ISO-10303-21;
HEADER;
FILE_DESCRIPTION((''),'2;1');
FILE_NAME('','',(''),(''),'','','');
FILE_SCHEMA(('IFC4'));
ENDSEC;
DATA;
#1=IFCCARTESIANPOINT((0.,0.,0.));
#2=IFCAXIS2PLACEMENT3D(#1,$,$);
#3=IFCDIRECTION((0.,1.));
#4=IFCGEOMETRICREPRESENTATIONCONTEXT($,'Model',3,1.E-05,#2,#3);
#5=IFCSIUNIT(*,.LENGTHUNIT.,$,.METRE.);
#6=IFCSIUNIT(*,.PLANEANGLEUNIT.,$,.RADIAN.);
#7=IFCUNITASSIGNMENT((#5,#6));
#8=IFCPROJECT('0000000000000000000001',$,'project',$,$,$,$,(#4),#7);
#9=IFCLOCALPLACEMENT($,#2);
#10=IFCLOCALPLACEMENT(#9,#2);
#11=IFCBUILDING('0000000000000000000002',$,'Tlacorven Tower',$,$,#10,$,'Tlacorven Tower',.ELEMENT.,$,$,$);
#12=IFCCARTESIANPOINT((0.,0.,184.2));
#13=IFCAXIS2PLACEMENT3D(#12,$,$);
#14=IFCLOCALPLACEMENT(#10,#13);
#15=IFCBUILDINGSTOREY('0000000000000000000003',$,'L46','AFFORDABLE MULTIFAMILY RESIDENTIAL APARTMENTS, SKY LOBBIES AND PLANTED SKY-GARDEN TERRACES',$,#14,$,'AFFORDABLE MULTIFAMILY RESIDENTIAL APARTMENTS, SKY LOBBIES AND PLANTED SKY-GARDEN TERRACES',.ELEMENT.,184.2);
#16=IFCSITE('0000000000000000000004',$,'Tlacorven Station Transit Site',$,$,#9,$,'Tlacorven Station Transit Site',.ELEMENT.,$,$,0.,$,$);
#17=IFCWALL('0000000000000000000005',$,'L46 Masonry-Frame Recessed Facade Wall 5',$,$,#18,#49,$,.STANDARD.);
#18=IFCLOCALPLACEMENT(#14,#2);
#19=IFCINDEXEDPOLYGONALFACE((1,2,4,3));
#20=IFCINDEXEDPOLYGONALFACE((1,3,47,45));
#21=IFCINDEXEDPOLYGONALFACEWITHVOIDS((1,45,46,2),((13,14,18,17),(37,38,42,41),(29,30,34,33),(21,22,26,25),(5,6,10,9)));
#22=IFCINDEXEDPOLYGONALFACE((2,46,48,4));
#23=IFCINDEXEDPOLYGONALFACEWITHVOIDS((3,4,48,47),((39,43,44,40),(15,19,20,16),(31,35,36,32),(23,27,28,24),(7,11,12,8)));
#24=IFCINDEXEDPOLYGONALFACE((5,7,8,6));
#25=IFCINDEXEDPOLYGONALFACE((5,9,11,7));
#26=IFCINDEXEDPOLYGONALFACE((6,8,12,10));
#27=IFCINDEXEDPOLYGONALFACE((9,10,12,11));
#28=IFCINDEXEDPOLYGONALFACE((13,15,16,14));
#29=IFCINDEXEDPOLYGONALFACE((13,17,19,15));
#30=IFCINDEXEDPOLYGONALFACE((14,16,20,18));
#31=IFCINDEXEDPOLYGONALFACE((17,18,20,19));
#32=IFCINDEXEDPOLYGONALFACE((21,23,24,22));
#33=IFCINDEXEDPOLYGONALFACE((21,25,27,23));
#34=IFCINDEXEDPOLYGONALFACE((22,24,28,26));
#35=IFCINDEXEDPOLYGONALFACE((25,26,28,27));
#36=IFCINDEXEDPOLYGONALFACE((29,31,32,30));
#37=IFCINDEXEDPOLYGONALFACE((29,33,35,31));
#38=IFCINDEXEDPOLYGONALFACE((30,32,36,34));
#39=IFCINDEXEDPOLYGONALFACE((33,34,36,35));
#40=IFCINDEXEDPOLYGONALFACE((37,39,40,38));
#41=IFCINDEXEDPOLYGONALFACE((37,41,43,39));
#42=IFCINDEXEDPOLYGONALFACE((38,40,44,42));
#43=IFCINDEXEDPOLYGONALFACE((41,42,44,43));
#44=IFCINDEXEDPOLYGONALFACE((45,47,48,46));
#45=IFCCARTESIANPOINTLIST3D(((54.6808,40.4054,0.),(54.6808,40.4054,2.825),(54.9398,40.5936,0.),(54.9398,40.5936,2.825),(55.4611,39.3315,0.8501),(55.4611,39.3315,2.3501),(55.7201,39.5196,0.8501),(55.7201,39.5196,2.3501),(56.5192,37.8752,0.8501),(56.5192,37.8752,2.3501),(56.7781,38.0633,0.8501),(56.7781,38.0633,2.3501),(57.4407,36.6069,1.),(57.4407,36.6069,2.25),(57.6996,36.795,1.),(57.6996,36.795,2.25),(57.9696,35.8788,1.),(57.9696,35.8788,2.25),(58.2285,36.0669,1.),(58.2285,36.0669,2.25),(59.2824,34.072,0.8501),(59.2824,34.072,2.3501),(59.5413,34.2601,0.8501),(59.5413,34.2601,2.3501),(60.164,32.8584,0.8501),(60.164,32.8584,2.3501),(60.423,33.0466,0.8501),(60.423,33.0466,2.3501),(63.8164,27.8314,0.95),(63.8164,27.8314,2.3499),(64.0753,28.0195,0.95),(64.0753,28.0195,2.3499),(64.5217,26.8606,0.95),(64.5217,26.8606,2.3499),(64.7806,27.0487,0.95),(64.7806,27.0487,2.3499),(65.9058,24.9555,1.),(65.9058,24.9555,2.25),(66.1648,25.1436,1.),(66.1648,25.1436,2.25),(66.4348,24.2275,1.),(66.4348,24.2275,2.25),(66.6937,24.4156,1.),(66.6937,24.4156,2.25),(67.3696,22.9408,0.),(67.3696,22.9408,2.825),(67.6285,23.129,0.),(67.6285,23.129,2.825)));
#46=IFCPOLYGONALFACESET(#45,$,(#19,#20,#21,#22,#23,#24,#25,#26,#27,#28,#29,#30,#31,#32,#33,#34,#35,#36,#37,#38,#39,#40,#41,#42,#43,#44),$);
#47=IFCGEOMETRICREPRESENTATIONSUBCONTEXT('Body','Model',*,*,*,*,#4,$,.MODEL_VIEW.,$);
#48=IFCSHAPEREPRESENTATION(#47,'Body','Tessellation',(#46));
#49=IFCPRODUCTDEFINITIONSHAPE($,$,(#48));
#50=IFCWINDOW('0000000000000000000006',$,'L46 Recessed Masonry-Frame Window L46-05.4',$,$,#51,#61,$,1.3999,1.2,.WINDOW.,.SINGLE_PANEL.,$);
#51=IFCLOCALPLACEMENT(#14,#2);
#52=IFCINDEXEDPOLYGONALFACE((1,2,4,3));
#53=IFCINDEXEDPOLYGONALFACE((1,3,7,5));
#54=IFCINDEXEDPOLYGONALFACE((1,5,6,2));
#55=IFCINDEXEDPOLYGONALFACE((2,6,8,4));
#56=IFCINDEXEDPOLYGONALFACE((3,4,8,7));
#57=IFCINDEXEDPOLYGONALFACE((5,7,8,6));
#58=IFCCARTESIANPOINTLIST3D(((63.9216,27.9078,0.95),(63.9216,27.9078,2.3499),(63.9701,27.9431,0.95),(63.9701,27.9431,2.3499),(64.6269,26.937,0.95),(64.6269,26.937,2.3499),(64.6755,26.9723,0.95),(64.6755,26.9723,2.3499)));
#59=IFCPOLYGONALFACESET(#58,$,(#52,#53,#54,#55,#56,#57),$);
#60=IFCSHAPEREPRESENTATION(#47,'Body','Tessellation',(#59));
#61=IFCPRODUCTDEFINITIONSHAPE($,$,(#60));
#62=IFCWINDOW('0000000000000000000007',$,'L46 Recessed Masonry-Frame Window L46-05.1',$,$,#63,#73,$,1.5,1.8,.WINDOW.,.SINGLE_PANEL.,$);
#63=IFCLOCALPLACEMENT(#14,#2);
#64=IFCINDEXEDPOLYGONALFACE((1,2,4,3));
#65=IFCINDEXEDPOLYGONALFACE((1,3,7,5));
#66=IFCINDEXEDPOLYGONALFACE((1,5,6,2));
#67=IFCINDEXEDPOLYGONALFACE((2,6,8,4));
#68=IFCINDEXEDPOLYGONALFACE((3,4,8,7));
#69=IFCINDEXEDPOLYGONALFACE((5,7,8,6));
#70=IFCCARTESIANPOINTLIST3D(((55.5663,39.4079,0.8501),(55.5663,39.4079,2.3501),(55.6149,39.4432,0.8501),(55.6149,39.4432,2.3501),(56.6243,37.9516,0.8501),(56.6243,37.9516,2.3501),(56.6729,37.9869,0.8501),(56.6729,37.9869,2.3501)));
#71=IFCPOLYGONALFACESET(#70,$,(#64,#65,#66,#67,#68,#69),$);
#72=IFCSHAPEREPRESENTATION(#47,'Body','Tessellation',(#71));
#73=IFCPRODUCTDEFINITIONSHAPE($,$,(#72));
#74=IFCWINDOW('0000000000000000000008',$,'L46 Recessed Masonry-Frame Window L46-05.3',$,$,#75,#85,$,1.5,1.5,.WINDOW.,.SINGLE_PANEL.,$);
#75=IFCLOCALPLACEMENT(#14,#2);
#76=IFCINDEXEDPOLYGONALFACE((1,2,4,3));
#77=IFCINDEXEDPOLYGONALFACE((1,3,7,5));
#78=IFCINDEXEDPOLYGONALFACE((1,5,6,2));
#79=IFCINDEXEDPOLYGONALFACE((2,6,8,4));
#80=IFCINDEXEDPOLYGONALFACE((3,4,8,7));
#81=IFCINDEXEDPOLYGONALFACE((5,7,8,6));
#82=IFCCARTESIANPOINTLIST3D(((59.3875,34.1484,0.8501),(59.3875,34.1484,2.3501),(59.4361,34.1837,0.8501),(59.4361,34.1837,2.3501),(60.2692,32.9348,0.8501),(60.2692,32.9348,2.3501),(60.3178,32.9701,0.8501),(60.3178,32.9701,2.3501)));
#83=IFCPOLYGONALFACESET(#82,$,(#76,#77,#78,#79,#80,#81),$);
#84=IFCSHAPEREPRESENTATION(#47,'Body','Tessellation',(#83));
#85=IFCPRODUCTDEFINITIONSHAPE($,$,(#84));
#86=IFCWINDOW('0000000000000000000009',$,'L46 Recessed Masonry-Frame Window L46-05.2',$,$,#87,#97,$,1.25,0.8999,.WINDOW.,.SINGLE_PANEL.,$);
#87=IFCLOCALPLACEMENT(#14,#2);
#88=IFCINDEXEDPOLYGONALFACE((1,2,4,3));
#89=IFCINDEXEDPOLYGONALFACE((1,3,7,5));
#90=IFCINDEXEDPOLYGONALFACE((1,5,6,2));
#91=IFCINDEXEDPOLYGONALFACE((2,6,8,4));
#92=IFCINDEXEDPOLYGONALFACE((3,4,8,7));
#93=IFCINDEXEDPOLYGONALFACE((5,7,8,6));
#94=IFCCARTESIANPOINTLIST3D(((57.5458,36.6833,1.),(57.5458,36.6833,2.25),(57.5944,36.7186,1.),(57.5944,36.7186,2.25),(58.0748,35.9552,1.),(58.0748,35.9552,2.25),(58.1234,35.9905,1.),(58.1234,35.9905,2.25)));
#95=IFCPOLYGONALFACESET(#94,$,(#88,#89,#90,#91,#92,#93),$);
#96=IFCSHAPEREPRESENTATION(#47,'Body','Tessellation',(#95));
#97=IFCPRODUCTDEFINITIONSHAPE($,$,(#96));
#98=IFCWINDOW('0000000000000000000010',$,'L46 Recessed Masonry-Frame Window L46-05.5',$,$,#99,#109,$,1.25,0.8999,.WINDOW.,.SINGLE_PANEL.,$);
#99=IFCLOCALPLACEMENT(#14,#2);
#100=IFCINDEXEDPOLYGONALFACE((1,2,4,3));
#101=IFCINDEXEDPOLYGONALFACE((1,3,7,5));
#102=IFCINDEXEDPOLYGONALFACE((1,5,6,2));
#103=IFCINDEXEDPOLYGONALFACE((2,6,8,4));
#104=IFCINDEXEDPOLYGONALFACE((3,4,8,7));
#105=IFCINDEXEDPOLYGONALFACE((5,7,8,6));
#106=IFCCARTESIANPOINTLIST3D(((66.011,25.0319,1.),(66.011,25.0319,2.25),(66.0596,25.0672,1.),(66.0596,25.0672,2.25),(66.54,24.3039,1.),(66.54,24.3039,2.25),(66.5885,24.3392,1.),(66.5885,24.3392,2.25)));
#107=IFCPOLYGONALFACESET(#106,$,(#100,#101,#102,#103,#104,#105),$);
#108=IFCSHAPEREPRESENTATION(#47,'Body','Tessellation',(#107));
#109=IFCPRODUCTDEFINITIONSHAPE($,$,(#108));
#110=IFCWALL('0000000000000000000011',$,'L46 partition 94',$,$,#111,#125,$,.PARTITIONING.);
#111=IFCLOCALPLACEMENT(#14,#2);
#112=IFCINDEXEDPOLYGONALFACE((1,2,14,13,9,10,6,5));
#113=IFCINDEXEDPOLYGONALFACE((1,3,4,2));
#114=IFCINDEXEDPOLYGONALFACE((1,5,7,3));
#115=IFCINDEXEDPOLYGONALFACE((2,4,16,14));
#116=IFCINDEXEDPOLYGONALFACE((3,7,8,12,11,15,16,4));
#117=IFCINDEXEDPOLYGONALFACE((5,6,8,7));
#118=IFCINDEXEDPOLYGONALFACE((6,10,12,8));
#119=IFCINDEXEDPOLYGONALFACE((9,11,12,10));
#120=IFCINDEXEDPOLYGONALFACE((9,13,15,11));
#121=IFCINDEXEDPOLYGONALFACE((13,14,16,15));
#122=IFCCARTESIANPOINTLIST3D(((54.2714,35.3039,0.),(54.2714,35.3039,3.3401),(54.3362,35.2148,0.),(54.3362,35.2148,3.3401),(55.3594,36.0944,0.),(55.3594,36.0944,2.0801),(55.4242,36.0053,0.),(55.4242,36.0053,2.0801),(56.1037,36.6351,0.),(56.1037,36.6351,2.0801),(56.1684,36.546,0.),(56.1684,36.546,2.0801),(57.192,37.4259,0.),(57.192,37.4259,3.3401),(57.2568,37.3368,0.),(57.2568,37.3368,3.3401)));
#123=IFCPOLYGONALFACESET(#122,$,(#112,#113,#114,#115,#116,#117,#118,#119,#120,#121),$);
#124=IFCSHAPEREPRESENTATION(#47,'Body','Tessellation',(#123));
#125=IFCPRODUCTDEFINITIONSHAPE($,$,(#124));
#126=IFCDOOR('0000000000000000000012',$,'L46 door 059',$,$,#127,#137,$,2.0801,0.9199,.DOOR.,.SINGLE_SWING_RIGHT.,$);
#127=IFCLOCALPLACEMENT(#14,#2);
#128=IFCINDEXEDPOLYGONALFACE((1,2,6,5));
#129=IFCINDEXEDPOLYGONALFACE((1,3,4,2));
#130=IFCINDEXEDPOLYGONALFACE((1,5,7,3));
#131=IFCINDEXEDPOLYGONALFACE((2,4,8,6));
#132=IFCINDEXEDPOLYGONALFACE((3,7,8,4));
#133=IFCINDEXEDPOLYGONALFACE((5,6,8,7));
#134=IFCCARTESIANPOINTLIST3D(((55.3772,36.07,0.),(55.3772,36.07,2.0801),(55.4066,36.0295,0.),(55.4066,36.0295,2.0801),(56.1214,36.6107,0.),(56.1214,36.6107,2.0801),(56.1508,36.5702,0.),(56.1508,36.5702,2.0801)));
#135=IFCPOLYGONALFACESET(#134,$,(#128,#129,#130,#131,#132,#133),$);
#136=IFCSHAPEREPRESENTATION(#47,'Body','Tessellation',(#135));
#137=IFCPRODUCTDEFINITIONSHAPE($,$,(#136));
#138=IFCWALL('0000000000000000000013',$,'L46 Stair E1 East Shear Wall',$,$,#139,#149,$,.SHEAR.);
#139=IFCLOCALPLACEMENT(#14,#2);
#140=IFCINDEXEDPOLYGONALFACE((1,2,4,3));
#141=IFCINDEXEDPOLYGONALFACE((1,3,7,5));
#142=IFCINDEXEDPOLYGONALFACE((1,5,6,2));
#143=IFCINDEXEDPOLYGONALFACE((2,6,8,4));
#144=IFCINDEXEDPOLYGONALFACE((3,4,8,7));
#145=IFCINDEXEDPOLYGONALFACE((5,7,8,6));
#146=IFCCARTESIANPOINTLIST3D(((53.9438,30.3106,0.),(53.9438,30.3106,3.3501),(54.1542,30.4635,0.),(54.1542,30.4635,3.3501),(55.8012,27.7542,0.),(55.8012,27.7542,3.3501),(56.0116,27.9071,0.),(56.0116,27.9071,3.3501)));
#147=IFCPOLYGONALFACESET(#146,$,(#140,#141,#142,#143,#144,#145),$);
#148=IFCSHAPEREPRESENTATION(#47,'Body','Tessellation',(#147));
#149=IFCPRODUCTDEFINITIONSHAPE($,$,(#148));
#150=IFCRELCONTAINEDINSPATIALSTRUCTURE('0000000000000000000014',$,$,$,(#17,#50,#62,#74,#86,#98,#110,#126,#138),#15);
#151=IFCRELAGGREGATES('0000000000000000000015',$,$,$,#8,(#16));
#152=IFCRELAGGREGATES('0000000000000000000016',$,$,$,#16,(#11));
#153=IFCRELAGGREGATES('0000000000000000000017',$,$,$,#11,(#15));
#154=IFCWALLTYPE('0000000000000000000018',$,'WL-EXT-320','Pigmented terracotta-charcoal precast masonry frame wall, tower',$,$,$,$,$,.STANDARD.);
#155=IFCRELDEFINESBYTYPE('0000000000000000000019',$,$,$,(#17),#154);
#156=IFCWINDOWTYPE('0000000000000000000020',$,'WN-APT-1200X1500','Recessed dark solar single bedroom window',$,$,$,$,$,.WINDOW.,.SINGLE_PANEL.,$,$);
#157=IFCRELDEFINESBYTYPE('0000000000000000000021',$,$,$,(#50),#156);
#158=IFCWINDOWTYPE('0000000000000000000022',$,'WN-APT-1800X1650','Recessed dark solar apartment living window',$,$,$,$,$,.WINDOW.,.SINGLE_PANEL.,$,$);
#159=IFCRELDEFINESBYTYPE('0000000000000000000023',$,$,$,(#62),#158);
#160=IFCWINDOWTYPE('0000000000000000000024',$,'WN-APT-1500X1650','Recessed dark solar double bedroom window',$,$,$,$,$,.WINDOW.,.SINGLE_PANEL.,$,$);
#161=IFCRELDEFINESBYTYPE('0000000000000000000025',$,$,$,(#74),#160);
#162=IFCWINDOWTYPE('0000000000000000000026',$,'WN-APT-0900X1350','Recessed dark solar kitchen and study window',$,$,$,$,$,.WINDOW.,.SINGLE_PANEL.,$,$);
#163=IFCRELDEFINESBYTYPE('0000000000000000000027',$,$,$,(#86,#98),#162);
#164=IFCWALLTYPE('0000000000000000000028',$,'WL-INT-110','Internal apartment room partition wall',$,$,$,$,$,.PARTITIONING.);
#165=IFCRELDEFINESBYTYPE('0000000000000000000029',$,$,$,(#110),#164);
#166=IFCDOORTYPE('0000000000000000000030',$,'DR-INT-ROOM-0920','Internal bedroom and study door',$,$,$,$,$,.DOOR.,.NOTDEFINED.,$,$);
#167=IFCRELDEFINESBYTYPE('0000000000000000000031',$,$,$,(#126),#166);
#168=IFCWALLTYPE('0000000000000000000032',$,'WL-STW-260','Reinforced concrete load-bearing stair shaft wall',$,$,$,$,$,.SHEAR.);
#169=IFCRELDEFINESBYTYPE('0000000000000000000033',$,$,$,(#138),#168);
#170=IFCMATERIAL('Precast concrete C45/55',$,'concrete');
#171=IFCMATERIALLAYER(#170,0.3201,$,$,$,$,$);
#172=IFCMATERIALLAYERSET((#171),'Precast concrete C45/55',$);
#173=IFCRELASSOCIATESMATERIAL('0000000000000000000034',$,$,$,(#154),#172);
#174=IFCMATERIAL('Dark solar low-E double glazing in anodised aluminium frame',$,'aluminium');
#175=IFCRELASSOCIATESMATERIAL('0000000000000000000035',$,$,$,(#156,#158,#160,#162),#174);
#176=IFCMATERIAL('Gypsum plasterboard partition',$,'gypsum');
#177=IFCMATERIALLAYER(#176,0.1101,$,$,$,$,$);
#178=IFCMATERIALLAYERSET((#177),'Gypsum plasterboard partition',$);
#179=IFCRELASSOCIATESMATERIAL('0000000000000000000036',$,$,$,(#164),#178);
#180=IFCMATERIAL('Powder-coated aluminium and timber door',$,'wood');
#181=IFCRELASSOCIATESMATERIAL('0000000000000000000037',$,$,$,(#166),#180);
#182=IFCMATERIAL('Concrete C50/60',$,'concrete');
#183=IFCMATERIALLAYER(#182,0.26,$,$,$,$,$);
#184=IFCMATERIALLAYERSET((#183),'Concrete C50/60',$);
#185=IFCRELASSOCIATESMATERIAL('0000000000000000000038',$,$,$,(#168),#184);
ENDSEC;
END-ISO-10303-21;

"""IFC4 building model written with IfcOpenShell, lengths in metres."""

from ifc_helpers import new_model, si_unit, direction, frame, frame_2d, origin, place, context, subcontext, project, spatial, rectangle, extrude, source, transform, mapped, material, layer, layer_set, type_object, element, fill, save


model = new_model("IFC4")

# Units and contexts
model_context = context("Model", 3, precision=1e-05, world=origin(), true_north=direction((0.0, 1.0)))
body_context = subcontext(model_context, "Body", "Model", "MODEL_VIEW")
ifc_project = project(units=[si_unit("LENGTHUNIT", "METRE"), si_unit("PLANEANGLEUNIT", "RADIAN")], contexts=[model_context])

# Site, building, storey
site_placement = place(None, origin())
site = spatial("IfcSite", under=ifc_project, at=site_placement, Name="Tlacorven Station Transit Site", LongName="Tlacorven Station Transit Site", CompositionType="ELEMENT", RefElevation=0.0)
building_placement = place(site_placement, origin())
building = spatial("IfcBuilding", under=site, at=building_placement, Name="Tlacorven Tower", LongName="Tlacorven Tower", CompositionType="ELEMENT")
storey_placement = place(building_placement, frame((0.0, 0.0, 184.2)))
storey = spatial("IfcBuildingStorey", under=building, at=storey_placement, Name="L46", Description="AFFORDABLE MULTIFAMILY RESIDENTIAL APARTMENTS, SKY LOBBIES AND PLANTED SKY-GARDEN TERRACES", LongName="AFFORDABLE MULTIFAMILY RESIDENTIAL APARTMENTS, SKY LOBBIES AND PLANTED SKY-GARDEN TERRACES", CompositionType="ELEMENT", Elevation=184.2)

# Wall, openings, windows
ifc_material_1 = material(Name="Precast concrete C45/55", Category="concrete")
ifc_layer_1 = layer(ifc_material_1, 0.3201)
ifc_layer_set_1 = layer_set([ifc_layer_1], Name="Precast concrete C45/55")
wall_type_1 = type_object("IfcWallType", Name="WL-EXT-320", Description="Pigmented terracotta-charcoal precast masonry frame wall, tower", PredefinedType="STANDARD", material=ifc_layer_set_1)
wall_1_placement = place(storey_placement, frame((54.8103, 40.4995, 0.0), z_axis=(0.0, 0.0, 1.0), x_axis=(0.587784, -0.809018, 0.0)))
wall_1 = element("IfcWall", 1, at=wall_1_placement, inside=storey, type_object=wall_type_1, Name="L46 Masonry-Frame Recessed Facade Wall 5", PredefinedType="STANDARD", context=body_context, shape_type="SweptSolid", body=[
    extrude(rectangle(XDim=21.5874, YDim=0.3201, at=frame_2d((10.7937, 0.0))), origin(), (0.0, 0.0, 1.0), 2.825),
])
opening_1_placement = place(wall_1_placement, frame((1.3276, 0.0, 0.8501)))
opening_1 = element("IfcOpeningElement", 2, at=opening_1_placement, cuts=wall_1, PredefinedType="OPENING", context=body_context, shape_type="SweptSolid", body=[
    extrude(rectangle(XDim=1.8, YDim=1.5, at=frame_2d((0.8999, 0.75))), frame((0.0, 0.1699, 0.0), z_axis=(0.0, -1.0, 0.0), x_axis=(1.0, 0.0, 0.0)), (0.0, 0.0, 1.0), 0.3401),
])
opening_2_placement = place(wall_1_placement, frame((4.6953, 0.0, 1.0)))
opening_2 = element("IfcOpeningElement", 3, at=opening_2_placement, cuts=wall_1, PredefinedType="OPENING", context=body_context, shape_type="SweptSolid", body=[
    extrude(rectangle(XDim=0.8999, YDim=1.25, at=frame_2d((0.45, 0.625))), frame((0.0, 0.1699, 0.0), z_axis=(0.0, -1.0, 0.0), x_axis=(1.0, 0.0, 0.0)), (0.0, 0.0, 1.0), 0.3401),
])
opening_3_placement = place(wall_1_placement, frame((7.8286, 0.0, 0.8501)))
opening_3 = element("IfcOpeningElement", 4, at=opening_3_placement, cuts=wall_1, PredefinedType="OPENING", context=body_context, shape_type="SweptSolid", body=[
    extrude(rectangle(XDim=1.5, YDim=1.5, at=frame_2d((0.75, 0.75))), frame((0.0, 0.1699, 0.0), z_axis=(0.0, -1.0, 0.0), x_axis=(1.0, 0.0, 0.0)), (0.0, 0.0, 1.0), 0.3401),
])
opening_4_placement = place(wall_1_placement, frame((15.5422, 0.0, 0.95)))
opening_4 = element("IfcOpeningElement", 5, at=opening_4_placement, cuts=wall_1, PredefinedType="OPENING", context=body_context, shape_type="SweptSolid", body=[
    extrude(rectangle(XDim=1.2, YDim=1.3999, at=frame_2d((0.6001, 0.7))), frame((0.0, 0.1699, 0.0), z_axis=(0.0, -1.0, 0.0), x_axis=(1.0, 0.0, 0.0)), (0.0, 0.0, 1.0), 0.3401),
])
opening_5_placement = place(wall_1_placement, frame((19.0972, 0.0, 1.0)))
opening_5 = element("IfcOpeningElement", 6, at=opening_5_placement, cuts=wall_1, PredefinedType="OPENING", context=body_context, shape_type="SweptSolid", body=[
    extrude(rectangle(XDim=0.8999, YDim=1.25, at=frame_2d((0.45, 0.625))), frame((0.0, 0.1699, 0.0), z_axis=(0.0, -1.0, 0.0), x_axis=(1.0, 0.0, 0.0)), (0.0, 0.0, 1.0), 0.3401),
])
ifc_material_2 = material(Name="Dark solar low-E double glazing in anodised aluminium frame", Category="aluminium")
window_type_1 = type_object("IfcWindowType", Name="WN-APT-1200X1500", Description="Recessed dark solar single bedroom window", PartitioningType="SINGLE_PANEL", PredefinedType="WINDOW", material=ifc_material_2)
shared_shape_1 = source(origin(), body_context, "Body", "SweptSolid", [
    extrude(rectangle(XDim=1.2, YDim=1.3999, at=frame_2d((0.6001, 0.7))), frame((0.0, 0.03, 0.0), z_axis=(0.0, -1.0, 0.0), x_axis=(1.0, 0.0, 0.0)), (0.0, 0.0, 1.0), 0.0601),
])
window_1_placement = place(opening_4_placement, origin())
window_1 = element("IfcWindow", 7, at=window_1_placement, inside=storey, type_object=window_type_1, Name="L46 Recessed Masonry-Frame Window L46-05.4", OverallHeight=1.3999, OverallWidth=1.2, PartitioningType="SINGLE_PANEL", PredefinedType="WINDOW", context=body_context, shape_type="MappedRepresentation", body=[
    mapped(shared_shape_1, transform((0.0, 0.0, 0.0), scale=1.0)),
])
fill(opening_4, window_1)
window_type_2 = type_object("IfcWindowType", Name="WN-APT-1800X1650", Description="Recessed dark solar apartment living window", PartitioningType="SINGLE_PANEL", PredefinedType="WINDOW", material=ifc_material_2)
shared_shape_2 = source(origin(), body_context, "Body", "SweptSolid", [
    extrude(rectangle(XDim=1.8, YDim=1.5, at=frame_2d((0.8999, 0.75))), frame((0.0, 0.03, 0.0), z_axis=(0.0, -1.0, 0.0), x_axis=(1.0, 0.0, 0.0)), (0.0, 0.0, 1.0), 0.0601),
])
window_2_placement = place(opening_1_placement, origin())
window_2 = element("IfcWindow", 8, at=window_2_placement, inside=storey, type_object=window_type_2, Name="L46 Recessed Masonry-Frame Window L46-05.1", OverallHeight=1.5, OverallWidth=1.8, PartitioningType="SINGLE_PANEL", PredefinedType="WINDOW", context=body_context, shape_type="MappedRepresentation", body=[
    mapped(shared_shape_2, transform((0.0, 0.0, 0.0), scale=1.0)),
])
fill(opening_1, window_2)
window_type_3 = type_object("IfcWindowType", Name="WN-APT-1500X1650", Description="Recessed dark solar double bedroom window", PartitioningType="SINGLE_PANEL", PredefinedType="WINDOW", material=ifc_material_2)
shared_shape_3 = source(origin(), body_context, "Body", "SweptSolid", [
    extrude(rectangle(XDim=1.5, YDim=1.5, at=frame_2d((0.75, 0.75))), frame((0.0, 0.03, 0.0), z_axis=(0.0, -1.0, 0.0), x_axis=(1.0, 0.0, 0.0)), (0.0, 0.0, 1.0), 0.0601),
])
window_3_placement = place(opening_3_placement, origin())
window_3 = element("IfcWindow", 9, at=window_3_placement, inside=storey, type_object=window_type_3, Name="L46 Recessed Masonry-Frame Window L46-05.3", OverallHeight=1.5, OverallWidth=1.5, PartitioningType="SINGLE_PANEL", PredefinedType="WINDOW", context=body_context, shape_type="MappedRepresentation", body=[
    mapped(shared_shape_3, transform((0.0, 0.0, 0.0), scale=1.0)),
])
fill(opening_3, window_3)
window_type_4 = type_object("IfcWindowType", Name="WN-APT-0900X1350", Description="Recessed dark solar kitchen and study window", PartitioningType="SINGLE_PANEL", PredefinedType="WINDOW", material=ifc_material_2)
shared_shape_4 = source(origin(), body_context, "Body", "SweptSolid", [
    extrude(rectangle(XDim=0.8999, YDim=1.25, at=frame_2d((0.45, 0.625))), frame((0.0, 0.03, 0.0), z_axis=(0.0, -1.0, 0.0), x_axis=(1.0, 0.0, 0.0)), (0.0, 0.0, 1.0), 0.0601),
])
window_4_placement = place(opening_2_placement, origin())
window_4 = element("IfcWindow", 10, at=window_4_placement, inside=storey, type_object=window_type_4, Name="L46 Recessed Masonry-Frame Window L46-05.2", OverallHeight=1.25, OverallWidth=0.8999, PartitioningType="SINGLE_PANEL", PredefinedType="WINDOW", context=body_context, shape_type="MappedRepresentation", body=[
    mapped(shared_shape_4, transform((0.0, 0.0, 0.0), scale=1.0)),
])
fill(opening_2, window_4)
window_5_placement = place(opening_5_placement, origin())
window_5 = element("IfcWindow", 11, at=window_5_placement, inside=storey, type_object=window_type_4, Name="L46 Recessed Masonry-Frame Window L46-05.5", OverallHeight=1.25, OverallWidth=0.8999, PartitioningType="SINGLE_PANEL", PredefinedType="WINDOW", context=body_context, shape_type="MappedRepresentation", body=[
    mapped(shared_shape_4, transform((0.0, 0.0, 0.0), scale=1.0)),
])
fill(opening_5, window_5)

# Wall, opening, door
ifc_material_3 = material(Name="Gypsum plasterboard partition", Category="gypsum")
ifc_layer_2 = layer(ifc_material_3, 0.1101)
ifc_layer_set_2 = layer_set([ifc_layer_2], Name="Gypsum plasterboard partition")
wall_type_2 = type_object("IfcWallType", Name="WL-INT-110", Description="Internal apartment room partition wall", PredefinedType="PARTITIONING", material=ifc_layer_set_2)
wall_2_placement = place(storey_placement, frame((54.3037, 35.2593, 0.0), z_axis=(0.0, 0.0, 1.0), x_axis=(0.809005, 0.587802, 0.0)))
wall_2 = element("IfcWall", 12, at=wall_2_placement, inside=storey, type_object=wall_type_2, Name="L46 partition 94", PredefinedType="PARTITIONING", context=body_context, shape_type="SweptSolid", body=[
    extrude(rectangle(XDim=3.6101, YDim=0.1101, at=frame_2d((1.8052, 0.0))), origin(), (0.0, 0.0, 1.0), 3.3401),
])
opening_6_placement = place(wall_2_placement, frame((1.345, 0.0, 0.0)))
opening_6 = element("IfcOpeningElement", 13, at=opening_6_placement, cuts=wall_2, PredefinedType="OPENING", context=body_context, shape_type="SweptSolid", body=[
    extrude(rectangle(XDim=0.9199, YDim=2.0801, at=frame_2d((0.46, 1.04))), frame((0.0, 0.0649, 0.0), z_axis=(0.0, -1.0, 0.0), x_axis=(1.0, 0.0, 0.0)), (0.0, 0.0, 1.0), 0.1301),
])
ifc_material_4 = material(Name="Powder-coated aluminium and timber door", Category="wood")
door_type_1 = type_object("IfcDoorType", Name="DR-INT-ROOM-0920", Description="Internal bedroom and study door", OperationType="NOTDEFINED", PredefinedType="DOOR", material=ifc_material_4)
shared_shape_5 = source(origin(), body_context, "Body", "SweptSolid", [
    extrude(rectangle(XDim=0.9199, YDim=2.0801, at=frame_2d((0.46, 1.04))), frame((0.0, 0.0249, 0.0), z_axis=(0.0, -1.0, 0.0), x_axis=(1.0, 0.0, 0.0)), (0.0, 0.0, 1.0), 0.05),
])
door_1_placement = place(opening_6_placement, origin())
door_1 = element("IfcDoor", 14, at=door_1_placement, inside=storey, type_object=door_type_1, Name="L46 door 059", OperationType="SINGLE_SWING_RIGHT", OverallHeight=2.0801, OverallWidth=0.9199, PredefinedType="DOOR", context=body_context, shape_type="MappedRepresentation", body=[
    mapped(shared_shape_5, transform((0.0, 0.0, 0.0), scale=1.0)),
])
fill(opening_6, door_1)

# Wall
ifc_material_5 = material(Name="Concrete C50/60", Category="concrete")
ifc_layer_3 = layer(ifc_material_5, 0.26)
ifc_layer_set_3 = layer_set([ifc_layer_3], Name="Concrete C50/60")
wall_type_3 = type_object("IfcWallType", Name="WL-STW-260", Description="Reinforced concrete load-bearing stair shaft wall", PredefinedType="SHEAR", material=ifc_layer_set_3)
wall_3_placement = place(storey_placement, frame((55.9065, 27.8306, 0.0), z_axis=(0.0, 0.0, 1.0), x_axis=(-0.587804, 0.809003, 0.0)))
element("IfcWall", 15, at=wall_3_placement, inside=storey, type_object=wall_type_3, Name="L46 Stair E1 East Shear Wall", PredefinedType="SHEAR", context=body_context, shape_type="SweptSolid", body=[
    extrude(rectangle(XDim=3.1599, YDim=0.26, at=frame_2d((1.5801, 0.0))), origin(), (0.0, 0.0, 1.0), 3.3501),
])

save(model, "model.ifc")
